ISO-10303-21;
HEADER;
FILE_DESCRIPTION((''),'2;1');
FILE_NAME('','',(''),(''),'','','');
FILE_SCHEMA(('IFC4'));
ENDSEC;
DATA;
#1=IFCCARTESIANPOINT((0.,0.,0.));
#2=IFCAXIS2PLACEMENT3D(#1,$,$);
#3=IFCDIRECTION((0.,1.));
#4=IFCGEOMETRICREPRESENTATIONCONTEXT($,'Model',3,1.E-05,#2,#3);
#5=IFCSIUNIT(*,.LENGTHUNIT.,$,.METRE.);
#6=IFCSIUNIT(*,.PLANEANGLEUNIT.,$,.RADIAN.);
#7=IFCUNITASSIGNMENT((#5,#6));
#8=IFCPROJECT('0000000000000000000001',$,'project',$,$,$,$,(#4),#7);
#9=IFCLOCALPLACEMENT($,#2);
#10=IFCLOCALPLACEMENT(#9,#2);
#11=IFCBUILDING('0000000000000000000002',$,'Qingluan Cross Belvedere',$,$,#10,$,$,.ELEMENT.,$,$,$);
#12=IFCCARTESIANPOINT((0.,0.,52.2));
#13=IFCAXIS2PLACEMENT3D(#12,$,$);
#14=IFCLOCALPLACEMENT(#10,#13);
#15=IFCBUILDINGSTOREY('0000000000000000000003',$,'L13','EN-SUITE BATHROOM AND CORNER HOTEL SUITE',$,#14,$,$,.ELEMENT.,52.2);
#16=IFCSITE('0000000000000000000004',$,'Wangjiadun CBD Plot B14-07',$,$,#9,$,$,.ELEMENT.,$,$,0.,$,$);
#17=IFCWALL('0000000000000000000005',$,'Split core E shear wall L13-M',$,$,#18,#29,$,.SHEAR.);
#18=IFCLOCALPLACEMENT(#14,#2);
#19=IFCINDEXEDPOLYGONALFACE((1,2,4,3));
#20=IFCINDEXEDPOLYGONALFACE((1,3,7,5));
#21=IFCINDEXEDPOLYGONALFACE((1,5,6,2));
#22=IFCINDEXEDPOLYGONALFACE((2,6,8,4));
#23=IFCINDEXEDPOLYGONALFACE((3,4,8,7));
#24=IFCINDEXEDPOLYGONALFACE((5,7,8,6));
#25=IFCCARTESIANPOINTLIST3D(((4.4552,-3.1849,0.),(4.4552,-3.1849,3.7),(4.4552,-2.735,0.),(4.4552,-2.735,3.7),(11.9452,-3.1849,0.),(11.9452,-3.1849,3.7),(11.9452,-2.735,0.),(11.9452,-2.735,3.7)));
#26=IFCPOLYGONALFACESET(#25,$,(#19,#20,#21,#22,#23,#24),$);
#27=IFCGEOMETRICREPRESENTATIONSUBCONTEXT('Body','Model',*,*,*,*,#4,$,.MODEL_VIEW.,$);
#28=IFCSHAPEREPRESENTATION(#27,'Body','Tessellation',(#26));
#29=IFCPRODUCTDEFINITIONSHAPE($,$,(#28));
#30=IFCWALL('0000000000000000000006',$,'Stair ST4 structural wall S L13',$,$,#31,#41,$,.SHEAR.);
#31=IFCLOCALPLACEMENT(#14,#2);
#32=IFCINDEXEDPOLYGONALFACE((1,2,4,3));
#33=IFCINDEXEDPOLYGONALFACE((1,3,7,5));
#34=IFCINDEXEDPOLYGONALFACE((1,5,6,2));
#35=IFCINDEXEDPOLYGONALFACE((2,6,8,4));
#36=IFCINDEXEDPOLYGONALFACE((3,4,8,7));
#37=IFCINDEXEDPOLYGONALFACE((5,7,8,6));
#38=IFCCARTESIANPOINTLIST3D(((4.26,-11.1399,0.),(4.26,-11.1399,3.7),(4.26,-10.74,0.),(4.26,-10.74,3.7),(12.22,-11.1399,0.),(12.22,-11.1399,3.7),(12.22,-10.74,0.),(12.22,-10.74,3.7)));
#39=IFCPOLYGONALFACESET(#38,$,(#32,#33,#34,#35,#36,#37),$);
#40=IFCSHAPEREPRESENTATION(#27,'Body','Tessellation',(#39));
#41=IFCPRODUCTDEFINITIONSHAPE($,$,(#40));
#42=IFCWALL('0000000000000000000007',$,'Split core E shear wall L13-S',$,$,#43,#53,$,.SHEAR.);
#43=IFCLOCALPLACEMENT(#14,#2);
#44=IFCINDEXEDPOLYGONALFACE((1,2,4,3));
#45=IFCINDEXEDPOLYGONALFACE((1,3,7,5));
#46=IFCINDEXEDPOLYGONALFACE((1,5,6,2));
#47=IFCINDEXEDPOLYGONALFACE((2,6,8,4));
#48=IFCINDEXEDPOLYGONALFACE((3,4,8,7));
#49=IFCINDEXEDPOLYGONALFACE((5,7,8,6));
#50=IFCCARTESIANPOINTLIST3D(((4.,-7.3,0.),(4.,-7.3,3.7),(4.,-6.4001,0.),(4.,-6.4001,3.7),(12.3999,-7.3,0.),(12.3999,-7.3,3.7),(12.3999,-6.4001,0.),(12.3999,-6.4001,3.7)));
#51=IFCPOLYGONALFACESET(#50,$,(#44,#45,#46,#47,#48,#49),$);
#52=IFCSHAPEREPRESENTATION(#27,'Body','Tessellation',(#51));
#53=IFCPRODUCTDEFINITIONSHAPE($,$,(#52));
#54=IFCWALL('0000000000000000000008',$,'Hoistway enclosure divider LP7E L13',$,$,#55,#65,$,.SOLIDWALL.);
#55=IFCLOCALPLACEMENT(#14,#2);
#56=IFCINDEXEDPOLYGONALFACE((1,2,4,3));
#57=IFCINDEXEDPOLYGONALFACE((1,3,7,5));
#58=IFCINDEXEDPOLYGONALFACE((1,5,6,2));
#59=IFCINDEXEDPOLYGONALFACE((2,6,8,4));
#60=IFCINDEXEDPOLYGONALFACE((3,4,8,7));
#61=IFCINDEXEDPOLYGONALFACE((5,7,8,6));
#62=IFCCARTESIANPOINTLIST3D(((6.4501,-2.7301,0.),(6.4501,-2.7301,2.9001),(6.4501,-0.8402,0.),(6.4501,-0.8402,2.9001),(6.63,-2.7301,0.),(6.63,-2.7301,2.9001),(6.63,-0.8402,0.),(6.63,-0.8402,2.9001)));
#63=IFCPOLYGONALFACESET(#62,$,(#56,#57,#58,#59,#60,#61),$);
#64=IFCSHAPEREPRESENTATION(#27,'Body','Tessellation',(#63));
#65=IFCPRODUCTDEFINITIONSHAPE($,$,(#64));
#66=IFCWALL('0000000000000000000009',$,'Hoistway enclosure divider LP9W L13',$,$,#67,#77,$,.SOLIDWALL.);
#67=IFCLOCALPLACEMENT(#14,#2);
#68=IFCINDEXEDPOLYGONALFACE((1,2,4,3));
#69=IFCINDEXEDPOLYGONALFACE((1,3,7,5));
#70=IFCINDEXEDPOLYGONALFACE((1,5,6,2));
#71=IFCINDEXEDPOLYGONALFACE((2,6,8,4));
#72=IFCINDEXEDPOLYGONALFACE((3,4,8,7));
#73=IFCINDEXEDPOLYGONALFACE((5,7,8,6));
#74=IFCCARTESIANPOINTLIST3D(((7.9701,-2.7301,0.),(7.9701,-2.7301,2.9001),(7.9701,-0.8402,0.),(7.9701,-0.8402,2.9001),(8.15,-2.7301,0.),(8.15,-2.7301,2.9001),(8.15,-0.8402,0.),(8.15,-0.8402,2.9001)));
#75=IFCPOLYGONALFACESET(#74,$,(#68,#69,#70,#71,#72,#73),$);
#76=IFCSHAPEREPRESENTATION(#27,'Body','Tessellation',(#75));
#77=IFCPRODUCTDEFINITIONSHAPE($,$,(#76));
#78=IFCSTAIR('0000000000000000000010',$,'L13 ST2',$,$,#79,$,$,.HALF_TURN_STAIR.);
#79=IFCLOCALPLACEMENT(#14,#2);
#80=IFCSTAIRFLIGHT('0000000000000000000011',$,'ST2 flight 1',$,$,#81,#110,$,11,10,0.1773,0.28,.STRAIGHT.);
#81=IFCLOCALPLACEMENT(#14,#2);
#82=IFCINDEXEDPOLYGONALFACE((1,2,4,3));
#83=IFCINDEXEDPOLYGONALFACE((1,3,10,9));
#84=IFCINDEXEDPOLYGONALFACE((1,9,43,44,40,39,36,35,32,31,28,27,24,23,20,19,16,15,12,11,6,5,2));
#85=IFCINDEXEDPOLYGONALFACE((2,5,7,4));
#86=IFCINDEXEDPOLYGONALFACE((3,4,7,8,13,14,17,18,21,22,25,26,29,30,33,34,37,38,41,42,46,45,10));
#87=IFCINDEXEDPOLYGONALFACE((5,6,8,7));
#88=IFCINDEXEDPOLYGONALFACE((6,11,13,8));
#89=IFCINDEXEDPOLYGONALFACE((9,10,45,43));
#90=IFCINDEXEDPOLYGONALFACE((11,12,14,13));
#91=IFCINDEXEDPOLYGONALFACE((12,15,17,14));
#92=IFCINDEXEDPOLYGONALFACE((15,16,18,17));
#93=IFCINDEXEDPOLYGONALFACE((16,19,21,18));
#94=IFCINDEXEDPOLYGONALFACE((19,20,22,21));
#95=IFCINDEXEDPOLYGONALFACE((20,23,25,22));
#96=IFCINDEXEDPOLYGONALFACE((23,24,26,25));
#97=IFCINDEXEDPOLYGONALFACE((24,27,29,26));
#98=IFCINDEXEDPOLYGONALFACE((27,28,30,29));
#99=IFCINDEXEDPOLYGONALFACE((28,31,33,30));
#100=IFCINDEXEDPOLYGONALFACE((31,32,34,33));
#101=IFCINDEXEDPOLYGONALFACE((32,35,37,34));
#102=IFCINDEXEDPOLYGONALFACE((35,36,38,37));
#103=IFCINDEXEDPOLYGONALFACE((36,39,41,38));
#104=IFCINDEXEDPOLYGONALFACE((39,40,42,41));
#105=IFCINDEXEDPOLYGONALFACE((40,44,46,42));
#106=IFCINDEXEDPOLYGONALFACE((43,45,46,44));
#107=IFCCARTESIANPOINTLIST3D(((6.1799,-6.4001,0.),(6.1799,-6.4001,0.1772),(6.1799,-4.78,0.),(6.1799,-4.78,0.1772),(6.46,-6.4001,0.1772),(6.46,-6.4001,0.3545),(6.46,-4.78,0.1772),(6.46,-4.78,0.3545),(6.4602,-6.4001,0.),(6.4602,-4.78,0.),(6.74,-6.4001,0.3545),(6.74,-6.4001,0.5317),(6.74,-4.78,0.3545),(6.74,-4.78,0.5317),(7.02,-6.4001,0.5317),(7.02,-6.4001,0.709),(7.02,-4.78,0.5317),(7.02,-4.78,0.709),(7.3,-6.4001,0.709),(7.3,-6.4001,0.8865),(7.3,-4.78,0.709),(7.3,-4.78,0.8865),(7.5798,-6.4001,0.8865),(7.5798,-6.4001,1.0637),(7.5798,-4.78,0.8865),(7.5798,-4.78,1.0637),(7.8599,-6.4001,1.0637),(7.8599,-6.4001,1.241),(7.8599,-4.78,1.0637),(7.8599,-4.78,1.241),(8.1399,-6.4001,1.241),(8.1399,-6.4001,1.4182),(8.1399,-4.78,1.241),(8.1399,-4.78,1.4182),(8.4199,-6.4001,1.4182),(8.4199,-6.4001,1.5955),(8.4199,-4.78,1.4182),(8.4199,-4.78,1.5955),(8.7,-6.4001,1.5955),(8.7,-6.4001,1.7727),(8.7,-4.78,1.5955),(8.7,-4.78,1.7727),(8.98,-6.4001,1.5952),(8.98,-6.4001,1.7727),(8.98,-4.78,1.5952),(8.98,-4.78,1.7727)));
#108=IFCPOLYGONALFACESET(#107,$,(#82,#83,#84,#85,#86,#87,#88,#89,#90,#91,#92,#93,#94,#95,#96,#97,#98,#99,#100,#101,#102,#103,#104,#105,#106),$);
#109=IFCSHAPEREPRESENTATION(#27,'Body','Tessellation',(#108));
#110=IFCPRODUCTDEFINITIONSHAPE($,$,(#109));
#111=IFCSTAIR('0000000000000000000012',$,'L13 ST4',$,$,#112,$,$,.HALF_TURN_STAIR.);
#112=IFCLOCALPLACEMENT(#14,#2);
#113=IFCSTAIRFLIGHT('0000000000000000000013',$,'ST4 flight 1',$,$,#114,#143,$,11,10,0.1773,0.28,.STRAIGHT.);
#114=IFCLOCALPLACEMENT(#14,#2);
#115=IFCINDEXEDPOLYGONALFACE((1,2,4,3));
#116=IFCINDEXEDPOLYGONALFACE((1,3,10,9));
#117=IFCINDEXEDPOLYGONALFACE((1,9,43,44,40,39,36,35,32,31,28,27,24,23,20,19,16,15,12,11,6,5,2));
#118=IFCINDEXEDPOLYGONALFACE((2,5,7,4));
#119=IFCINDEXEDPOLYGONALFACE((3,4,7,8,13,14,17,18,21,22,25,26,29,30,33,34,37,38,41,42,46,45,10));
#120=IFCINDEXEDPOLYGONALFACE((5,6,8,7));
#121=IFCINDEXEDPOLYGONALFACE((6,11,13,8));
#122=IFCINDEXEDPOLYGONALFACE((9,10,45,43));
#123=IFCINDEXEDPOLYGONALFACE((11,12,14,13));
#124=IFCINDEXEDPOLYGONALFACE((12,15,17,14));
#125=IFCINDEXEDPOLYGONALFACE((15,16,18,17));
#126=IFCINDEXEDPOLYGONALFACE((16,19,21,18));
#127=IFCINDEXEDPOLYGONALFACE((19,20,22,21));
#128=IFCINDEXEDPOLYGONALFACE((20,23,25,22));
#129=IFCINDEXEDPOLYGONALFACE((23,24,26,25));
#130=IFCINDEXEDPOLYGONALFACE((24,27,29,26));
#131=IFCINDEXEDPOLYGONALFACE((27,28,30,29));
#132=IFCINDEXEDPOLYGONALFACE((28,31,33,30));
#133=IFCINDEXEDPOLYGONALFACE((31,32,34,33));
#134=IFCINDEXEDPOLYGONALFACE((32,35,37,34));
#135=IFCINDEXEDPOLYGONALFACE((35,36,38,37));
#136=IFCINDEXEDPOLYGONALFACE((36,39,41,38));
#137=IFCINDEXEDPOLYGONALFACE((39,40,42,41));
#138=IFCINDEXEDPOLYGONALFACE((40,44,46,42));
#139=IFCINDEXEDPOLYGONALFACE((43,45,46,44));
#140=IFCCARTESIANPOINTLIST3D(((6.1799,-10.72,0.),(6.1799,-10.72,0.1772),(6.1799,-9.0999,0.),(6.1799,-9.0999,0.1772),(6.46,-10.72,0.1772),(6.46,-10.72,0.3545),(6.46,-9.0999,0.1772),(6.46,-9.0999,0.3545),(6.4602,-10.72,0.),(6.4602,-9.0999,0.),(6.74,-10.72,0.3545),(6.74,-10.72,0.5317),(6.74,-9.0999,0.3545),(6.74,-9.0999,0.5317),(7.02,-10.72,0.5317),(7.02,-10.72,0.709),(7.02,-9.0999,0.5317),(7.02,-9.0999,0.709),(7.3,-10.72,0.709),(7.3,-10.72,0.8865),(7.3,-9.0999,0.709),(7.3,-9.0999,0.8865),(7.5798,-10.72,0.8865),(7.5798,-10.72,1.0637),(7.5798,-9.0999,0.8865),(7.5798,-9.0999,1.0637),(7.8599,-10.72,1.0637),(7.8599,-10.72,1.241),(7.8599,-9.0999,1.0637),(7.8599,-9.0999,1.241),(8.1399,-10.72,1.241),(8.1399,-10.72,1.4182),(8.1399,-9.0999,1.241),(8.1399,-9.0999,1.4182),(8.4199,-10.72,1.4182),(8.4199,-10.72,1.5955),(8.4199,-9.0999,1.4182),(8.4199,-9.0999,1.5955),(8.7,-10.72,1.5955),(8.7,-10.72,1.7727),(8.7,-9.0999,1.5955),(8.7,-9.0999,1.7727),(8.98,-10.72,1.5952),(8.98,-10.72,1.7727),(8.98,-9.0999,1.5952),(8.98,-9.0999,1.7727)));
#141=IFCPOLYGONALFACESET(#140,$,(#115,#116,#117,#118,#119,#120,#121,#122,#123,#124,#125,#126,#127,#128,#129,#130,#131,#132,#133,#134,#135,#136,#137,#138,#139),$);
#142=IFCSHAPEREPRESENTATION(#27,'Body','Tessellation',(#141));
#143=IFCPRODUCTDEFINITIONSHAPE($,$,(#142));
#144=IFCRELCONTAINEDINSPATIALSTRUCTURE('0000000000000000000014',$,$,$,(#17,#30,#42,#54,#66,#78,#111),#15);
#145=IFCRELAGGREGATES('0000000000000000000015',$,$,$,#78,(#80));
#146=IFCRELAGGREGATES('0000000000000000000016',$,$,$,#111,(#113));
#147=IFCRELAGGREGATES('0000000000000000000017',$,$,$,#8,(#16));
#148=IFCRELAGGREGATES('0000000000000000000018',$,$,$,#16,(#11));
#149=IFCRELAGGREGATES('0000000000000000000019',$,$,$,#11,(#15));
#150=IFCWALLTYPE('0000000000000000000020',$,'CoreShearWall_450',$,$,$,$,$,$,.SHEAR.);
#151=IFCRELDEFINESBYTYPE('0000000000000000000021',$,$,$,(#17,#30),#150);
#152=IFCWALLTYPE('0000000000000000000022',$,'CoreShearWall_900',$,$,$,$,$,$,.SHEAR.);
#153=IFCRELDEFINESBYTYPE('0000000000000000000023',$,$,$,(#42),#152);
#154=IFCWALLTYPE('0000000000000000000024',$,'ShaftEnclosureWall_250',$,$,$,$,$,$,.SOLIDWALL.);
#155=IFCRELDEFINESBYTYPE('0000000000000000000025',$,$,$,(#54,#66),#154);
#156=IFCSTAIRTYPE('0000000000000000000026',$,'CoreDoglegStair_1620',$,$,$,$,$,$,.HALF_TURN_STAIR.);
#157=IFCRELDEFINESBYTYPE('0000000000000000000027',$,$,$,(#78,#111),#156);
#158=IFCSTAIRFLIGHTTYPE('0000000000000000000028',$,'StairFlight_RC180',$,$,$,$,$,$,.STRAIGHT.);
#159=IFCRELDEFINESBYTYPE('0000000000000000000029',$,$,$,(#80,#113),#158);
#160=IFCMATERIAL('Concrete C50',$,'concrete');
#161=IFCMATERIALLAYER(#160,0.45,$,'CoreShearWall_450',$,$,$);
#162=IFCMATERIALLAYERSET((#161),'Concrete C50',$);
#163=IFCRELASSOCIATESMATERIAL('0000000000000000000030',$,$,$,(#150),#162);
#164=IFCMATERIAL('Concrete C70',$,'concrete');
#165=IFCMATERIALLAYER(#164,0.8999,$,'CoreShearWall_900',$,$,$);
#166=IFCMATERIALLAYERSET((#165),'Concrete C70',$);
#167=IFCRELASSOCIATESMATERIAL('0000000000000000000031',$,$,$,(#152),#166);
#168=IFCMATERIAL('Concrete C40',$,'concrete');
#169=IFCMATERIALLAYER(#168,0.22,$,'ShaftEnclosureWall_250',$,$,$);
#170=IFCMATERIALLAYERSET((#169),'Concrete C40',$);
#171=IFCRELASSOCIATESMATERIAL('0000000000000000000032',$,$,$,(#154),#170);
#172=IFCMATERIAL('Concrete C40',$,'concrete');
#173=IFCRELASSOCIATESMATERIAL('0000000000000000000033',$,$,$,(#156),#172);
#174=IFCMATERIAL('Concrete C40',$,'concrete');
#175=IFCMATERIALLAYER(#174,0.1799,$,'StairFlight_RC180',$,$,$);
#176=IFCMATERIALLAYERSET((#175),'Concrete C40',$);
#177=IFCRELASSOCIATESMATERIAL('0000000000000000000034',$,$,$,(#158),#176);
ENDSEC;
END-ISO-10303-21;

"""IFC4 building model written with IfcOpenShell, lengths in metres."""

from ifc_helpers import new_model, si_unit, direction, frame, frame_2d, origin, place, context, subcontext, project, spatial, polyline, rectangle, outline, extrude, material, layer, layer_set, type_object, element, aggregate, save


model = new_model("IFC4")

# Units and contexts
model_context = context("Model", 3, precision=1e-05, world=origin(), true_north=direction((0.0, 1.0)))
body_context = subcontext(model_context, "Body", "Model", "MODEL_VIEW")
ifc_project = project(units=[si_unit("LENGTHUNIT", "METRE"), si_unit("PLANEANGLEUNIT", "RADIAN")], contexts=[model_context])

# Site, building, storey
site_placement = place(None, origin())
site = spatial("IfcSite", under=ifc_project, at=site_placement, Name="Wangjiadun CBD Plot B14-07", CompositionType="ELEMENT", RefElevation=0.0)
building_placement = place(site_placement, origin())
building = spatial("IfcBuilding", under=site, at=building_placement, Name="Qingluan Cross Belvedere", CompositionType="ELEMENT")
storey_placement = place(building_placement, frame((0.0, 0.0, 52.2)))
storey = spatial("IfcBuildingStorey", under=building, at=storey_placement, Name="L13", Description="EN-SUITE BATHROOM AND CORNER HOTEL SUITE", CompositionType="ELEMENT", Elevation=52.2)

# Walls
ifc_material_1 = material(Name="Concrete C50", Category="concrete")
ifc_layer_1 = layer(ifc_material_1, 0.45, Name="CoreShearWall_450")
ifc_layer_set_1 = layer_set([ifc_layer_1], Name="Concrete C50")
wall_type_1 = type_object("IfcWallType", Name="CoreShearWall_450", PredefinedType="SHEAR", material=ifc_layer_set_1)
wall_1_placement = place(storey_placement, frame((4.4551, -2.96, 0.0), z_axis=(0.0, 0.0, 1.0), x_axis=(1.0, 0.0, 0.0)))
element("IfcWall", 1, at=wall_1_placement, inside=storey, type_object=wall_type_1, Name="Split core E shear wall L13-M", PredefinedType="SHEAR", context=body_context, shape_type="SweptSolid", body=[
    extrude(rectangle(XDim=7.49, YDim=0.45, at=frame_2d((3.7451, 0.0))), origin(), (0.0, 0.0, 1.0), 3.7),
])
wall_2_placement = place(storey_placement, frame((4.26, -10.9399, 0.0), z_axis=(0.0, 0.0, 1.0), x_axis=(1.0, 0.0, 0.0)))
element("IfcWall", 2, at=wall_2_placement, inside=storey, type_object=wall_type_1, Name="Stair ST4 structural wall S L13", PredefinedType="SHEAR", context=body_context, shape_type="SweptSolid", body=[
    extrude(rectangle(XDim=7.96, YDim=0.3999, at=frame_2d((3.98, 0.0))), origin(), (0.0, 0.0, 1.0), 3.7),
])

# Wall
ifc_material_2 = material(Name="Concrete C70", Category="concrete")
ifc_layer_2 = layer(ifc_material_2, 0.8999, Name="CoreShearWall_900")
ifc_layer_set_2 = layer_set([ifc_layer_2], Name="Concrete C70")
wall_type_2 = type_object("IfcWallType", Name="CoreShearWall_900", PredefinedType="SHEAR", material=ifc_layer_set_2)
wall_3_placement = place(storey_placement, frame((4.0, -6.8501, 0.0), z_axis=(0.0, 0.0, 1.0), x_axis=(1.0, 0.0, 0.0)))
element("IfcWall", 3, at=wall_3_placement, inside=storey, type_object=wall_type_2, Name="Split core E shear wall L13-S", PredefinedType="SHEAR", context=body_context, shape_type="SweptSolid", body=[
    extrude(rectangle(XDim=8.3999, YDim=0.8999, at=frame_2d((4.2, 0.0))), origin(), (0.0, 0.0, 1.0), 3.7),
])

# Walls
ifc_material_3 = material(Name="Concrete C40", Category="concrete")
ifc_layer_3 = layer(ifc_material_3, 0.22, Name="ShaftEnclosureWall_250")
ifc_layer_set_3 = layer_set([ifc_layer_3], Name="Concrete C40")
wall_type_3 = type_object("IfcWallType", Name="ShaftEnclosureWall_250", PredefinedType="SOLIDWALL", material=ifc_layer_set_3)
for number, where, z_axis, x_axis, name in (
    (4, (6.54, -2.73, 0.0), (0.0, 0.0, 1.0), (0.0, 1.0, 0.0), "Hoistway enclosure divider LP7E L13"),
    (5, (8.0601, -2.73, 0.0), (0.0, 0.0, 1.0), (0.0, 1.0, 0.0), "Hoistway enclosure divider LP9W L13"),
):
    element("IfcWall", number, at=place(storey_placement, frame(where, z_axis=z_axis, x_axis=x_axis)), inside=storey, type_object=wall_type_3, Name=name, PredefinedType="SOLIDWALL", context=body_context, shape_type="SweptSolid", body=[
        extrude(rectangle(XDim=1.8899, YDim=0.1799, at=frame_2d((0.9448, 0.0))), origin(), (0.0, 0.0, 1.0), 2.9001),
    ])

# Stairs, stair flights
ifc_material_4 = material(Name="Concrete C40", Category="concrete")
stair_type = type_object("IfcStairType", Name="CoreDoglegStair_1620", PredefinedType="HALF_TURN_STAIR", material=ifc_material_4)
stair_1_placement = place(storey_placement, origin())
stair_1 = element("IfcStair", 6, at=stair_1_placement, inside=storey, type_object=stair_type, Name="L13 ST2", PredefinedType="HALF_TURN_STAIR")
ifc_material_5 = material(Name="Concrete C40", Category="concrete")
ifc_layer_4 = layer(ifc_material_5, 0.1799, Name="StairFlight_RC180")
ifc_layer_set_4 = layer_set([ifc_layer_4], Name="Concrete C40")
stair_flight_type = type_object("IfcStairFlightType", Name="StairFlight_RC180", PredefinedType="STRAIGHT", material=ifc_layer_set_4)
stair_flight_1_placement = place(storey_placement, frame((6.1799, -5.5901, 0.0), z_axis=(0.0, 0.0, 1.0), x_axis=(1.0, 0.0, 0.0)))
stair_flight_1 = element("IfcStairFlight", 7, at=stair_flight_1_placement, type_object=stair_flight_type, Name="ST2 flight 1", NumberOfRisers=11, NumberOfTreads=10, PredefinedType="STRAIGHT", RiserHeight=0.1773, TreadLength=0.28, context=body_context, shape_type="SweptSolid", body=[
    extrude(outline(polyline([(0.0, 0.0), (0.0, 0.1772), (0.28, 0.1772), (0.28, 0.3545), (0.5601, 0.3545), (0.5601, 0.5317), (0.8401, 0.5317), (0.8401, 0.709), (1.1201, 0.709), (1.1201, 0.8865), (1.3999, 0.8865), (1.3999, 1.0637), (1.6799, 1.0637), (1.6799, 1.241), (1.96, 1.241), (1.96, 1.4182), (2.24, 1.4182), (2.24, 1.5955), (2.52, 1.5955), (2.52, 1.7727), (2.8, 1.7727), (2.8, 1.95), (2.8, 1.5952), (0.2803, 0.0), (0.0, 0.0)])), frame((0.0, 0.8101, 0.0), z_axis=(0.0, -1.0, 0.0), x_axis=(1.0, 0.0, 0.0)), (0.0, 0.0, 1.0), 1.6201),
])
aggregate(stair_1, [stair_flight_1])
stair_2_placement = place(storey_placement, origin())
stair_2 = element("IfcStair", 8, at=stair_2_placement, inside=storey, type_object=stair_type, Name="L13 ST4", PredefinedType="HALF_TURN_STAIR")
stair_flight_2_placement = place(storey_placement, frame((6.1799, -9.9099, 0.0), z_axis=(0.0, 0.0, 1.0), x_axis=(1.0, 0.0, 0.0)))
stair_flight_2 = element("IfcStairFlight", 9, at=stair_flight_2_placement, type_object=stair_flight_type, Name="ST4 flight 1", NumberOfRisers=11, NumberOfTreads=10, PredefinedType="STRAIGHT", RiserHeight=0.1773, TreadLength=0.28, context=body_context, shape_type="SweptSolid", body=[
    extrude(outline(polyline([(0.0, 0.0), (0.0, 0.1772), (0.28, 0.1772), (0.28, 0.3545), (0.5601, 0.3545), (0.5601, 0.5317), (0.8401, 0.5317), (0.8401, 0.709), (1.1201, 0.709), (1.1201, 0.8865), (1.3999, 0.8865), (1.3999, 1.0637), (1.6799, 1.0637), (1.6799, 1.241), (1.96, 1.241), (1.96, 1.4182), (2.24, 1.4182), (2.24, 1.5955), (2.52, 1.5955), (2.52, 1.7727), (2.8, 1.7727), (2.8, 1.95), (2.8, 1.5952), (0.2803, 0.0), (0.0, 0.0)])), frame((0.0, 0.8101, 0.0), z_axis=(0.0, -1.0, 0.0), x_axis=(1.0, 0.0, 0.0)), (0.0, 0.0, 1.0), 1.6201),
])
aggregate(stair_2, [stair_flight_2])

save(model, "model.ifc")
